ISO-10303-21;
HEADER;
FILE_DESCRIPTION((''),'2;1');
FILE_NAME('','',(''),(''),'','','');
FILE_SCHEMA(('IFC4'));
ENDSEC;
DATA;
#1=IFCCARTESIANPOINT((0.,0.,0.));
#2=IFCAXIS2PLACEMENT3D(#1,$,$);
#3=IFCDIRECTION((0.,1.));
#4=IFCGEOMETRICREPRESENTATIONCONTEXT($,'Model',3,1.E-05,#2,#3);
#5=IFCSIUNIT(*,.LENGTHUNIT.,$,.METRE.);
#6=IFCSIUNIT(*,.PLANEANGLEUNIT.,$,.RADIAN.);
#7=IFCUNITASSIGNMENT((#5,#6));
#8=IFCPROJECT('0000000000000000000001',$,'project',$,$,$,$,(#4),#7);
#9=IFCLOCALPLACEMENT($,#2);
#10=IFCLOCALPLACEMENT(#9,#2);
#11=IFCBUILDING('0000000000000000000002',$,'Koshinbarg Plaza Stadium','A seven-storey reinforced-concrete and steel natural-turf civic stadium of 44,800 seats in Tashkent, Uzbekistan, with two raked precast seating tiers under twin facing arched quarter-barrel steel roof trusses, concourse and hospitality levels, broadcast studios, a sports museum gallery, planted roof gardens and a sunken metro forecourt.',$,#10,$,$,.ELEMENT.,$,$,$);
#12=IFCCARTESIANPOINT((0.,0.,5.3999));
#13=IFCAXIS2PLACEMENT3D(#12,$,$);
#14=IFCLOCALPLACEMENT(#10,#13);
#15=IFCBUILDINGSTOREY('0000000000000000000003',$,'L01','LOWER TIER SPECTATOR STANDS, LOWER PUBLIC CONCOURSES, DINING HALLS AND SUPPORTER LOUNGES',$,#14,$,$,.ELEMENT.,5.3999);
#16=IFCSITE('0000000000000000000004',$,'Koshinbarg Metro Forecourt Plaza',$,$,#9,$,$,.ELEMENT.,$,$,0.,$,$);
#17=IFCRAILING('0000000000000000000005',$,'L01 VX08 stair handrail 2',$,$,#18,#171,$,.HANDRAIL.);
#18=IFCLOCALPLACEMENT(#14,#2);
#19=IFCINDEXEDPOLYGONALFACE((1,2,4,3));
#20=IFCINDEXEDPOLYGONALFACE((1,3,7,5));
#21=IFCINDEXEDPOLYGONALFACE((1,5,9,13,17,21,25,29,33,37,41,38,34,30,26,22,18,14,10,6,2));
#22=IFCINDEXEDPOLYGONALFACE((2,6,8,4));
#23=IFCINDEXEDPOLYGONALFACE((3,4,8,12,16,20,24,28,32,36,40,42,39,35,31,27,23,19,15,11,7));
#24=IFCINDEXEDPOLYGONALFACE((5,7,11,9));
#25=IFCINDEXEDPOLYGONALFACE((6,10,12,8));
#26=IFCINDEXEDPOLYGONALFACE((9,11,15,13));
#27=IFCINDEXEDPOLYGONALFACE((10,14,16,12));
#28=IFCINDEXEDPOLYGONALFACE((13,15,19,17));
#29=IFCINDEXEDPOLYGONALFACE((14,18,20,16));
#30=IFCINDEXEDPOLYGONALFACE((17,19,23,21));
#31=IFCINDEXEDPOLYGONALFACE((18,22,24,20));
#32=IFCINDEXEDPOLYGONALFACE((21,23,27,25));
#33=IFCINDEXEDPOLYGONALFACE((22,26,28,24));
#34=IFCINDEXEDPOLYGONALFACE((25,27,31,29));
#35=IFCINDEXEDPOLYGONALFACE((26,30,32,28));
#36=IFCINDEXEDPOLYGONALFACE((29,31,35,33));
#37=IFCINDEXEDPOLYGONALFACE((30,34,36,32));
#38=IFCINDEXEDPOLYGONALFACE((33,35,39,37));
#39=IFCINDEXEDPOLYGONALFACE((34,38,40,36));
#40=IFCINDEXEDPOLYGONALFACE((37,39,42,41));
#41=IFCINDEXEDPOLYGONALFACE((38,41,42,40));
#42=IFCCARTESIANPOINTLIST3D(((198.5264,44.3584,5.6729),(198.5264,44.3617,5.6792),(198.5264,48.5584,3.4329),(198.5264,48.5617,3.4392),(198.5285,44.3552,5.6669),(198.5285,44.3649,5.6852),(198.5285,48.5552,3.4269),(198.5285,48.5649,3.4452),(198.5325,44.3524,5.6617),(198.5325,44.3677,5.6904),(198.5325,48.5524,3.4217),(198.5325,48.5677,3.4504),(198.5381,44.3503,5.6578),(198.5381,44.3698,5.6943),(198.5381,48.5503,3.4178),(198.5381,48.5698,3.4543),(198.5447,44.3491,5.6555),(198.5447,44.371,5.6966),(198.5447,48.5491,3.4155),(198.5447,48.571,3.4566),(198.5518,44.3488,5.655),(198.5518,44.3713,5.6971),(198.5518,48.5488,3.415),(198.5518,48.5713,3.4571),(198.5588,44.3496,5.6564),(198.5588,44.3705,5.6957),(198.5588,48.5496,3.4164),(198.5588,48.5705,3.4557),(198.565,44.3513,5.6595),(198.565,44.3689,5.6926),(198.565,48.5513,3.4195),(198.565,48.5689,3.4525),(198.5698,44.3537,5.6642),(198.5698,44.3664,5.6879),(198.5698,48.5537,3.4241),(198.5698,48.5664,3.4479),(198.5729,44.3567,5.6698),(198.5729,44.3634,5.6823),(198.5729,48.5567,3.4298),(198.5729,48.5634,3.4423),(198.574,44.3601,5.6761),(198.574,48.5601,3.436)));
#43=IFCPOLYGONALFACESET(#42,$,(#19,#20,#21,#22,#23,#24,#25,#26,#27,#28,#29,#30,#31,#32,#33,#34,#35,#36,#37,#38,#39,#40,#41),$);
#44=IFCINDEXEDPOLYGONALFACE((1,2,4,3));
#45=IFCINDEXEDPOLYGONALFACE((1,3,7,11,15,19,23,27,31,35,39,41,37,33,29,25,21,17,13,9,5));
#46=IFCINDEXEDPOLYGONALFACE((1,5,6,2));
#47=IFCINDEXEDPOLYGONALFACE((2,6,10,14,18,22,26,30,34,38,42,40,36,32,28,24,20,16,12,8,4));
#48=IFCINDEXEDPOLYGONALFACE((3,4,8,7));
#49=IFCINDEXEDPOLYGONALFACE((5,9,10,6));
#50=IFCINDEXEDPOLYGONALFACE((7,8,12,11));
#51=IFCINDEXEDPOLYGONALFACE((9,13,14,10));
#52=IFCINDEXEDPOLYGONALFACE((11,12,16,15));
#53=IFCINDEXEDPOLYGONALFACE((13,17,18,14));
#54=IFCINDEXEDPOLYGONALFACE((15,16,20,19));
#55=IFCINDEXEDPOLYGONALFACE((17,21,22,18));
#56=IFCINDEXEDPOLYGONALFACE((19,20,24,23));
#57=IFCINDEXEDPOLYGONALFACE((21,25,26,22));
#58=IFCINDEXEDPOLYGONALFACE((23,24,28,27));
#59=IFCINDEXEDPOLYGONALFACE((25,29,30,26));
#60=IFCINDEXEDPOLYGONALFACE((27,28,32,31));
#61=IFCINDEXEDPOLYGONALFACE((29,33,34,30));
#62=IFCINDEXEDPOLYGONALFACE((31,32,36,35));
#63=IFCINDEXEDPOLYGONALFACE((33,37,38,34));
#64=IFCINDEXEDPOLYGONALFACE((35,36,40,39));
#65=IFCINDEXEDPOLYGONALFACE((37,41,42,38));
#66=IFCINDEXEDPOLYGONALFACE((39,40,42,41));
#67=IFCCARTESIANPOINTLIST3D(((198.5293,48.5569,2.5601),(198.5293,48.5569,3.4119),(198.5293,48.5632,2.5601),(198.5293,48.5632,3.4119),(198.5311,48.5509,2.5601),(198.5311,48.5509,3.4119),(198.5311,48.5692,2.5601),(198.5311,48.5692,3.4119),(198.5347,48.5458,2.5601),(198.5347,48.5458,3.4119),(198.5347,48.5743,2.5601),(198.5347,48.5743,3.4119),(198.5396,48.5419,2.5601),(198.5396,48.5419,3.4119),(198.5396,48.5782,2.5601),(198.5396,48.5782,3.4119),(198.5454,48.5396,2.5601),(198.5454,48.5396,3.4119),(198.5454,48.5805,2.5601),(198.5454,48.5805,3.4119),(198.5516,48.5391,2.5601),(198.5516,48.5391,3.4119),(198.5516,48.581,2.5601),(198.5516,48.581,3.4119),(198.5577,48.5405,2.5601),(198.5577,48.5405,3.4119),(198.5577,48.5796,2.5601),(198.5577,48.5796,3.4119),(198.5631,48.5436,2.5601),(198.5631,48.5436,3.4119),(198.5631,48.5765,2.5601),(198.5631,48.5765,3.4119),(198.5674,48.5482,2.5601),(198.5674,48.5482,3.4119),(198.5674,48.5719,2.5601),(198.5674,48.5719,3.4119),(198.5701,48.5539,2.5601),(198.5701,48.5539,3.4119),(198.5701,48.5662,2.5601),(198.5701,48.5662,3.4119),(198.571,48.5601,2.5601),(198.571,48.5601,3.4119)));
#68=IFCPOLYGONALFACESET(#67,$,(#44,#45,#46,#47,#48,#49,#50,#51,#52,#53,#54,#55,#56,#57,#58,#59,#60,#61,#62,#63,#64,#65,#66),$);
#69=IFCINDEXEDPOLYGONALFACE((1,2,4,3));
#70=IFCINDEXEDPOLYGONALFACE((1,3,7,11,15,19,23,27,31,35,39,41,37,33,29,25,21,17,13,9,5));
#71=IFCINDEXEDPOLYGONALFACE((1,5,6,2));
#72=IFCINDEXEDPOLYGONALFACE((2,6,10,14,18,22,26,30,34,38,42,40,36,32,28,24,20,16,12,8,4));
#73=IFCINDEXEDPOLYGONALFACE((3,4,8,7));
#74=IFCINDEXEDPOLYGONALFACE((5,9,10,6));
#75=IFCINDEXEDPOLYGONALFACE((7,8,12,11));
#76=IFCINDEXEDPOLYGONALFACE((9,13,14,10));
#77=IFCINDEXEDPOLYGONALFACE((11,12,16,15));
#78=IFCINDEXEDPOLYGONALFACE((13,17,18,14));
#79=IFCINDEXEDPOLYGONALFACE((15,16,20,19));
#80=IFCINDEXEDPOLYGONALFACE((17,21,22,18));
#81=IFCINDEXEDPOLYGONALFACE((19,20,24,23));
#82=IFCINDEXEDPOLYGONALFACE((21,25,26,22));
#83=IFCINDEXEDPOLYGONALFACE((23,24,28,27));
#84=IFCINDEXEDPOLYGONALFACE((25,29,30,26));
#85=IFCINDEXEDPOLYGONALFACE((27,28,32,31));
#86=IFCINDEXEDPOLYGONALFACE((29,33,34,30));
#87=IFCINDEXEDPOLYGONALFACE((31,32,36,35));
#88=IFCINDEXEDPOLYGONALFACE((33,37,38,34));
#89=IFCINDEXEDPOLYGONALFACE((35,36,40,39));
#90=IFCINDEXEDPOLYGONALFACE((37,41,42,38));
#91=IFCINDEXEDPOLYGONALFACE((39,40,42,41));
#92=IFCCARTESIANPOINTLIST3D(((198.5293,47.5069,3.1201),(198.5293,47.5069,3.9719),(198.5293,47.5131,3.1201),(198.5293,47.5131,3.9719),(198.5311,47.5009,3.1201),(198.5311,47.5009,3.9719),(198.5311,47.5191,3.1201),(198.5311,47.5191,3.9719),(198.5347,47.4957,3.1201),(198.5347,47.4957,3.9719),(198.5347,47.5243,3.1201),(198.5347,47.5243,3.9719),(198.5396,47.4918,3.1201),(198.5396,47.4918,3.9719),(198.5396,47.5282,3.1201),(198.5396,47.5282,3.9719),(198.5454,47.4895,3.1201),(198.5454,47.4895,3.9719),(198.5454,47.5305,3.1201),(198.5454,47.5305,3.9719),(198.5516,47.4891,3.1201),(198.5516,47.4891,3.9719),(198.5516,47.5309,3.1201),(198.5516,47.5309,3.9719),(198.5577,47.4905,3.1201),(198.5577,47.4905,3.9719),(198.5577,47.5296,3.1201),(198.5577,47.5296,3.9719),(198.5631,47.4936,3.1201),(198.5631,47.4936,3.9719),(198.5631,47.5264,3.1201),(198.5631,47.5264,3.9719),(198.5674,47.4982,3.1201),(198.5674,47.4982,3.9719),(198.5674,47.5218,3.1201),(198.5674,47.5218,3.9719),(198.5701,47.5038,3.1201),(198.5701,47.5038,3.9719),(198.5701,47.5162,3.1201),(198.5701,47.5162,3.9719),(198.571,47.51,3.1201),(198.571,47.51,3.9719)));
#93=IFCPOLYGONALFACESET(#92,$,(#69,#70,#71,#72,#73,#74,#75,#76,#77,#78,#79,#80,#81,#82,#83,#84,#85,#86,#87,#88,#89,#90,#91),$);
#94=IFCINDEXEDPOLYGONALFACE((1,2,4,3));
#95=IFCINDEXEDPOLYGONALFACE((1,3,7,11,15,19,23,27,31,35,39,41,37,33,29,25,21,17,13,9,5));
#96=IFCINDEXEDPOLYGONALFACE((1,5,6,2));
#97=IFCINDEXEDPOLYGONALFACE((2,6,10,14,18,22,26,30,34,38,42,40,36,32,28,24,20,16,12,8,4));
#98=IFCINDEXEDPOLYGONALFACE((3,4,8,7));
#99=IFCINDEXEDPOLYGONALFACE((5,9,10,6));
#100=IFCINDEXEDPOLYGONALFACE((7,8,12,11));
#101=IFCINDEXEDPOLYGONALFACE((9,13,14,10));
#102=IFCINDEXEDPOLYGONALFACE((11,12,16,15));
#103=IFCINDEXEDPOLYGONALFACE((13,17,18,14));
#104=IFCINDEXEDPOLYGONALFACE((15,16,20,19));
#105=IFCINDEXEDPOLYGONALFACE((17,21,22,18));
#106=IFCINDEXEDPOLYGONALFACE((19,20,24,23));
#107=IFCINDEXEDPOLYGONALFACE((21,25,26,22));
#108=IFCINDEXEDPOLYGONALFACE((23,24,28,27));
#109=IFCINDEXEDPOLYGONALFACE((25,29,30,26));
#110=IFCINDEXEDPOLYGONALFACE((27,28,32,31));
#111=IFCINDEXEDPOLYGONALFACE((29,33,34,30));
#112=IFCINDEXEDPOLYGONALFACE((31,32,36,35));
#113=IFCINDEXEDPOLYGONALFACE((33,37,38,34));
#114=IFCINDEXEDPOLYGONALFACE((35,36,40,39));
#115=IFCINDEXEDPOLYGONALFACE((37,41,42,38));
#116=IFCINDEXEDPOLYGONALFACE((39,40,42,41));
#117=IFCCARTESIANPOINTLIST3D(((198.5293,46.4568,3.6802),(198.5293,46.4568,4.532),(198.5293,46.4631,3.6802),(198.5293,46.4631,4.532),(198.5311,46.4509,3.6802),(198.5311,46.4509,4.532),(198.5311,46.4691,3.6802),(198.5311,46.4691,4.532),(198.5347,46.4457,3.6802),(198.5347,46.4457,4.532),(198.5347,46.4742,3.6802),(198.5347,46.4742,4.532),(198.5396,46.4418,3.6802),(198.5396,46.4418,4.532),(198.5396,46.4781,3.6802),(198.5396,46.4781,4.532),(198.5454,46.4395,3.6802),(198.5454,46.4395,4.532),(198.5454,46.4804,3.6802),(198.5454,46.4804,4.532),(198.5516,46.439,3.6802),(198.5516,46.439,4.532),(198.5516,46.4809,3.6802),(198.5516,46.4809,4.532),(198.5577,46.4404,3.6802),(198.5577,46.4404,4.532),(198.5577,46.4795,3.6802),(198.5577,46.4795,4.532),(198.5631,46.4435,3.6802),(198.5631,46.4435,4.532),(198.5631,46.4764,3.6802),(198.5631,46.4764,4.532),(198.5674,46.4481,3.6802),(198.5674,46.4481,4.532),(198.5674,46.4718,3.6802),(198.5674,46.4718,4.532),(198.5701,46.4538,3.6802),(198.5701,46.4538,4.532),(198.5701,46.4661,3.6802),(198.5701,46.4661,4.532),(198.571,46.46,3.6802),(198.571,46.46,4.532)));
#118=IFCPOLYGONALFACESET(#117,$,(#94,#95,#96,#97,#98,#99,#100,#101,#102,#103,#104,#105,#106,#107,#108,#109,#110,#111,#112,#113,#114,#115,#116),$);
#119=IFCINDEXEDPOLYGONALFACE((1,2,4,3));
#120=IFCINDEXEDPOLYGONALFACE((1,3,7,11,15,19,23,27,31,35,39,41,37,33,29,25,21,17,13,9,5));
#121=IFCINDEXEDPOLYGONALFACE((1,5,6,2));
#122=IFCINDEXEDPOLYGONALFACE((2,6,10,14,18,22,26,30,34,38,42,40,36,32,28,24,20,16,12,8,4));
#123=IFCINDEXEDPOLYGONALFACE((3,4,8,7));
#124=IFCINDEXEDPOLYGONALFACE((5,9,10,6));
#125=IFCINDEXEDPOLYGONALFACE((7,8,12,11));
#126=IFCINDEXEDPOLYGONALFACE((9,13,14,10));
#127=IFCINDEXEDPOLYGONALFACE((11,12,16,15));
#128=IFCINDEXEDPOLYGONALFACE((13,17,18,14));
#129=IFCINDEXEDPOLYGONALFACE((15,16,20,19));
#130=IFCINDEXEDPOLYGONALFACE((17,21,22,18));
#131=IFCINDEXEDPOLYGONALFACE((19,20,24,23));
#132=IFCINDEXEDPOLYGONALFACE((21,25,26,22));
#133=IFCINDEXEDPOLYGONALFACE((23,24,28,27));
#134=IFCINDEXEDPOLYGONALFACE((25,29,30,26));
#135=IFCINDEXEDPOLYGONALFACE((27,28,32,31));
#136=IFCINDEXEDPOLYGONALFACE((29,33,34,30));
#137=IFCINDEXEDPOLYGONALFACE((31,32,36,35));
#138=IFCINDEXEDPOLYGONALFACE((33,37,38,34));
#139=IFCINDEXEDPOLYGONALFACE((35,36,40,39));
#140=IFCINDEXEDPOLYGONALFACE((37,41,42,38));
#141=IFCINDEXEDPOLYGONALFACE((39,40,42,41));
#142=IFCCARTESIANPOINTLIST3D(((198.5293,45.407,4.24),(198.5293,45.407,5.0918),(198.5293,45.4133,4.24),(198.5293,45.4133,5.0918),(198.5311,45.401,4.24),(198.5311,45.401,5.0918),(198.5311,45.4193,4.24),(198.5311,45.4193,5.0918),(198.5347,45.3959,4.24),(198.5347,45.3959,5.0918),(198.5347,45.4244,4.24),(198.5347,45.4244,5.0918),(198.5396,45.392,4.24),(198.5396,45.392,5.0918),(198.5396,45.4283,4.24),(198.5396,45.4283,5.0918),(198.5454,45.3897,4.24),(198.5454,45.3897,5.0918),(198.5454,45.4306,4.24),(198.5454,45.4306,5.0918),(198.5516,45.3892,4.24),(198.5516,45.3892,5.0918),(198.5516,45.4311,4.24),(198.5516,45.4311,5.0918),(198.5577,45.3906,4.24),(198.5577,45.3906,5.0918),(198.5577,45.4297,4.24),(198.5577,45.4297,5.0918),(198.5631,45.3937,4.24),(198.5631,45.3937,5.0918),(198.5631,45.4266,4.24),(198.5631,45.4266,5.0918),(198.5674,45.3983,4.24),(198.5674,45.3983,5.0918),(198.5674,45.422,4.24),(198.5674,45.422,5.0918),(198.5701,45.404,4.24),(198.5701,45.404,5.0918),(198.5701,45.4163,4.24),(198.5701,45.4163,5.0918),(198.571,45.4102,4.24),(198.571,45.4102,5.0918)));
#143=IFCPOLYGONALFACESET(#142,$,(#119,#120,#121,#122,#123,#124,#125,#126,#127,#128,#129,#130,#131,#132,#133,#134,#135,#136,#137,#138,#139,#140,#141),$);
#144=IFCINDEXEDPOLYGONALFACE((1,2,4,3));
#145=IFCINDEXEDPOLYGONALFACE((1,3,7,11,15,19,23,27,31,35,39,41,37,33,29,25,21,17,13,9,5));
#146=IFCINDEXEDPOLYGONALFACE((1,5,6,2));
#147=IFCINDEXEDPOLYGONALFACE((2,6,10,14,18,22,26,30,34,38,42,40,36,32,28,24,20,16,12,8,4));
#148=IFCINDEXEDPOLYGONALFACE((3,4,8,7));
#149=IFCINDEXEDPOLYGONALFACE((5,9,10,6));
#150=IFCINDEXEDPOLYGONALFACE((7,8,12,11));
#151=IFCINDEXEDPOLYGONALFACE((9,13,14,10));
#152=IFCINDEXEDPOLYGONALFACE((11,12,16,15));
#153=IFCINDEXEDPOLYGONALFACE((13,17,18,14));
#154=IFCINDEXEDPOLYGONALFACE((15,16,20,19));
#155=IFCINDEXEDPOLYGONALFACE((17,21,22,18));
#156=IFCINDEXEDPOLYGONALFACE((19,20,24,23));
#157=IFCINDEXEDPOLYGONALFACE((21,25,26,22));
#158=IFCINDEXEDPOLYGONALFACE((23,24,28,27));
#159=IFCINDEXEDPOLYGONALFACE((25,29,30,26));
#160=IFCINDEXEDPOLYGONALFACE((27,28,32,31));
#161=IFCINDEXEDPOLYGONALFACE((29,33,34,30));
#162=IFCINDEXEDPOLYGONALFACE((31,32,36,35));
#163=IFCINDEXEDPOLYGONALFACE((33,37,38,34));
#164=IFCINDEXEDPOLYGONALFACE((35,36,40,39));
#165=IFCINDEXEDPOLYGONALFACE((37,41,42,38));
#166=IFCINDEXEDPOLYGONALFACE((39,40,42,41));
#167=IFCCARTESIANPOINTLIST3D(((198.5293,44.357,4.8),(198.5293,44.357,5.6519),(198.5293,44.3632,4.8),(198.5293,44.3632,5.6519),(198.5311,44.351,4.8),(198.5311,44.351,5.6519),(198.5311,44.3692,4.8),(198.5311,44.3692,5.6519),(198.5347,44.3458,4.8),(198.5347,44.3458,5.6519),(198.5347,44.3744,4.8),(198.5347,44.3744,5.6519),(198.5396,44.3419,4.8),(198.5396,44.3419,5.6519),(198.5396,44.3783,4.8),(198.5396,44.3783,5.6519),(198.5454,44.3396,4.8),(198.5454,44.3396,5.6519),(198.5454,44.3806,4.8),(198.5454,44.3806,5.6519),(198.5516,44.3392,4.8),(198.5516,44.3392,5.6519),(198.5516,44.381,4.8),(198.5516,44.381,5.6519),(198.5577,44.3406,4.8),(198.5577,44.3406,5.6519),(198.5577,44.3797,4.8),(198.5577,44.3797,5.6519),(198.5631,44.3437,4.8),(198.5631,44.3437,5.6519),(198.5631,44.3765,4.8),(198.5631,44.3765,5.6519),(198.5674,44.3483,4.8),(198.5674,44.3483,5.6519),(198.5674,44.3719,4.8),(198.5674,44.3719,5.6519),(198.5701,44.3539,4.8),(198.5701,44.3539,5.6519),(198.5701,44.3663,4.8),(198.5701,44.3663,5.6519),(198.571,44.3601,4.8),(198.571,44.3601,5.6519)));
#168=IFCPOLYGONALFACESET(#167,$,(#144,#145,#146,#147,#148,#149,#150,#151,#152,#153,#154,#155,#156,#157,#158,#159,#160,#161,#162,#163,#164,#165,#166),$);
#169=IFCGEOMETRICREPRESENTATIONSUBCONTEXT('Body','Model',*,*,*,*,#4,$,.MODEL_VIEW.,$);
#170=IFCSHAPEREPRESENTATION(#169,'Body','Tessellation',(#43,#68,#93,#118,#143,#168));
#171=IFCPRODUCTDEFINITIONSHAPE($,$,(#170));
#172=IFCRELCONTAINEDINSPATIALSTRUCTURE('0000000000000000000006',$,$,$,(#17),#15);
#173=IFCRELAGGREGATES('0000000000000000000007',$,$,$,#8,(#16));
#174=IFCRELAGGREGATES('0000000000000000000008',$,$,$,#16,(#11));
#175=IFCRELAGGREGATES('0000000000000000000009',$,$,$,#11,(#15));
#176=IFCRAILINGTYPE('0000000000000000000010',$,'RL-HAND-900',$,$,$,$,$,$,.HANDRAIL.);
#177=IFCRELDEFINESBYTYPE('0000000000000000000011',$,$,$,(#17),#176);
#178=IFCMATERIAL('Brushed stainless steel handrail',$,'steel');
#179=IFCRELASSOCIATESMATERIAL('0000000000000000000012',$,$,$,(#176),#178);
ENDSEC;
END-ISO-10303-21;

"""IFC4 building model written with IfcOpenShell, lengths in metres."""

from ifc_helpers import new_model, si_unit, direction, frame, origin, origin_2d, place, context, subcontext, project, spatial, circle, extrude, material, type_object, element, save


model = new_model("IFC4")

# Units and contexts
model_context = context("Model", 3, precision=1e-05, world=origin(), true_north=direction((0.0, 1.0)))
body_context = subcontext(model_context, "Body", "Model", "MODEL_VIEW")
ifc_project = project(units=[si_unit("LENGTHUNIT", "METRE"), si_unit("PLANEANGLEUNIT", "RADIAN")], contexts=[model_context])

# Site, building, storey
site_placement = place(None, origin())
site = spatial("IfcSite", under=ifc_project, at=site_placement, Name="Koshinbarg Metro Forecourt Plaza", CompositionType="ELEMENT", RefElevation=0.0)
building_placement = place(site_placement, origin())
building = spatial("IfcBuilding", under=site, at=building_placement, Name="Koshinbarg Plaza Stadium", Description="A seven-storey reinforced-concrete and steel natural-turf civic stadium of 44,800 seats in Tashkent, Uzbekistan, with two raked precast seating tiers under twin facing arched quarter-barrel steel roof trusses, concourse and hospitality levels, broadcast studios, a sports museum gallery, planted roof gardens and a sunken metro forecourt.", CompositionType="ELEMENT")
storey_placement = place(building_placement, frame((0.0, 0.0, 5.3999)))
storey = spatial("IfcBuildingStorey", under=building, at=storey_placement, Name="L01", Description="LOWER TIER SPECTATOR STANDS, LOWER PUBLIC CONCOURSES, DINING HALLS AND SUPPORTER LOUNGES", CompositionType="ELEMENT", Elevation=5.3999)

# Railing
ifc_material_1 = material(Name="Brushed stainless steel handrail", Category="steel")
railing_type_1 = type_object("IfcRailingType", Name="RL-HAND-900", PredefinedType="HANDRAIL", material=ifc_material_1)
railing_1_placement = place(storey_placement, frame((198.55, 48.5601, 2.5601)))
element("IfcRailing", 1, at=railing_1_placement, inside=storey, type_object=railing_type_1, Name="L01 VX08 stair handrail 2", PredefinedType="HANDRAIL", context=body_context, shape_type="SweptSolid", body=[
    extrude(circle(Radius=0.0239, at=origin_2d()), frame((0.0, 0.0, 0.876), z_axis=(0.0, -0.882352, 0.470591), x_axis=(1.0, 0.0, 0.0)), (0.0, 0.0, 1.0), 4.76),
    extrude(circle(Radius=0.021, at=origin_2d()), origin(), (0.0, 0.0, 1.0), 0.8518),
    extrude(circle(Radius=0.021, at=origin_2d()), frame((0.0, -1.05, 0.5601)), (0.0, 0.0, 1.0), 0.8518),
    extrude(circle(Radius=0.021, at=origin_2d()), frame((0.0, -2.1001, 1.1201)), (0.0, 0.0, 1.0), 0.8518),
    extrude(circle(Radius=0.021, at=origin_2d()), frame((0.0, -3.1499, 1.6799)), (0.0, 0.0, 1.0), 0.8518),
    extrude(circle(Radius=0.021, at=origin_2d()), frame((0.0, -4.2, 2.24)), (0.0, 0.0, 1.0), 0.8518),
])

save(model, "model.ifc")
